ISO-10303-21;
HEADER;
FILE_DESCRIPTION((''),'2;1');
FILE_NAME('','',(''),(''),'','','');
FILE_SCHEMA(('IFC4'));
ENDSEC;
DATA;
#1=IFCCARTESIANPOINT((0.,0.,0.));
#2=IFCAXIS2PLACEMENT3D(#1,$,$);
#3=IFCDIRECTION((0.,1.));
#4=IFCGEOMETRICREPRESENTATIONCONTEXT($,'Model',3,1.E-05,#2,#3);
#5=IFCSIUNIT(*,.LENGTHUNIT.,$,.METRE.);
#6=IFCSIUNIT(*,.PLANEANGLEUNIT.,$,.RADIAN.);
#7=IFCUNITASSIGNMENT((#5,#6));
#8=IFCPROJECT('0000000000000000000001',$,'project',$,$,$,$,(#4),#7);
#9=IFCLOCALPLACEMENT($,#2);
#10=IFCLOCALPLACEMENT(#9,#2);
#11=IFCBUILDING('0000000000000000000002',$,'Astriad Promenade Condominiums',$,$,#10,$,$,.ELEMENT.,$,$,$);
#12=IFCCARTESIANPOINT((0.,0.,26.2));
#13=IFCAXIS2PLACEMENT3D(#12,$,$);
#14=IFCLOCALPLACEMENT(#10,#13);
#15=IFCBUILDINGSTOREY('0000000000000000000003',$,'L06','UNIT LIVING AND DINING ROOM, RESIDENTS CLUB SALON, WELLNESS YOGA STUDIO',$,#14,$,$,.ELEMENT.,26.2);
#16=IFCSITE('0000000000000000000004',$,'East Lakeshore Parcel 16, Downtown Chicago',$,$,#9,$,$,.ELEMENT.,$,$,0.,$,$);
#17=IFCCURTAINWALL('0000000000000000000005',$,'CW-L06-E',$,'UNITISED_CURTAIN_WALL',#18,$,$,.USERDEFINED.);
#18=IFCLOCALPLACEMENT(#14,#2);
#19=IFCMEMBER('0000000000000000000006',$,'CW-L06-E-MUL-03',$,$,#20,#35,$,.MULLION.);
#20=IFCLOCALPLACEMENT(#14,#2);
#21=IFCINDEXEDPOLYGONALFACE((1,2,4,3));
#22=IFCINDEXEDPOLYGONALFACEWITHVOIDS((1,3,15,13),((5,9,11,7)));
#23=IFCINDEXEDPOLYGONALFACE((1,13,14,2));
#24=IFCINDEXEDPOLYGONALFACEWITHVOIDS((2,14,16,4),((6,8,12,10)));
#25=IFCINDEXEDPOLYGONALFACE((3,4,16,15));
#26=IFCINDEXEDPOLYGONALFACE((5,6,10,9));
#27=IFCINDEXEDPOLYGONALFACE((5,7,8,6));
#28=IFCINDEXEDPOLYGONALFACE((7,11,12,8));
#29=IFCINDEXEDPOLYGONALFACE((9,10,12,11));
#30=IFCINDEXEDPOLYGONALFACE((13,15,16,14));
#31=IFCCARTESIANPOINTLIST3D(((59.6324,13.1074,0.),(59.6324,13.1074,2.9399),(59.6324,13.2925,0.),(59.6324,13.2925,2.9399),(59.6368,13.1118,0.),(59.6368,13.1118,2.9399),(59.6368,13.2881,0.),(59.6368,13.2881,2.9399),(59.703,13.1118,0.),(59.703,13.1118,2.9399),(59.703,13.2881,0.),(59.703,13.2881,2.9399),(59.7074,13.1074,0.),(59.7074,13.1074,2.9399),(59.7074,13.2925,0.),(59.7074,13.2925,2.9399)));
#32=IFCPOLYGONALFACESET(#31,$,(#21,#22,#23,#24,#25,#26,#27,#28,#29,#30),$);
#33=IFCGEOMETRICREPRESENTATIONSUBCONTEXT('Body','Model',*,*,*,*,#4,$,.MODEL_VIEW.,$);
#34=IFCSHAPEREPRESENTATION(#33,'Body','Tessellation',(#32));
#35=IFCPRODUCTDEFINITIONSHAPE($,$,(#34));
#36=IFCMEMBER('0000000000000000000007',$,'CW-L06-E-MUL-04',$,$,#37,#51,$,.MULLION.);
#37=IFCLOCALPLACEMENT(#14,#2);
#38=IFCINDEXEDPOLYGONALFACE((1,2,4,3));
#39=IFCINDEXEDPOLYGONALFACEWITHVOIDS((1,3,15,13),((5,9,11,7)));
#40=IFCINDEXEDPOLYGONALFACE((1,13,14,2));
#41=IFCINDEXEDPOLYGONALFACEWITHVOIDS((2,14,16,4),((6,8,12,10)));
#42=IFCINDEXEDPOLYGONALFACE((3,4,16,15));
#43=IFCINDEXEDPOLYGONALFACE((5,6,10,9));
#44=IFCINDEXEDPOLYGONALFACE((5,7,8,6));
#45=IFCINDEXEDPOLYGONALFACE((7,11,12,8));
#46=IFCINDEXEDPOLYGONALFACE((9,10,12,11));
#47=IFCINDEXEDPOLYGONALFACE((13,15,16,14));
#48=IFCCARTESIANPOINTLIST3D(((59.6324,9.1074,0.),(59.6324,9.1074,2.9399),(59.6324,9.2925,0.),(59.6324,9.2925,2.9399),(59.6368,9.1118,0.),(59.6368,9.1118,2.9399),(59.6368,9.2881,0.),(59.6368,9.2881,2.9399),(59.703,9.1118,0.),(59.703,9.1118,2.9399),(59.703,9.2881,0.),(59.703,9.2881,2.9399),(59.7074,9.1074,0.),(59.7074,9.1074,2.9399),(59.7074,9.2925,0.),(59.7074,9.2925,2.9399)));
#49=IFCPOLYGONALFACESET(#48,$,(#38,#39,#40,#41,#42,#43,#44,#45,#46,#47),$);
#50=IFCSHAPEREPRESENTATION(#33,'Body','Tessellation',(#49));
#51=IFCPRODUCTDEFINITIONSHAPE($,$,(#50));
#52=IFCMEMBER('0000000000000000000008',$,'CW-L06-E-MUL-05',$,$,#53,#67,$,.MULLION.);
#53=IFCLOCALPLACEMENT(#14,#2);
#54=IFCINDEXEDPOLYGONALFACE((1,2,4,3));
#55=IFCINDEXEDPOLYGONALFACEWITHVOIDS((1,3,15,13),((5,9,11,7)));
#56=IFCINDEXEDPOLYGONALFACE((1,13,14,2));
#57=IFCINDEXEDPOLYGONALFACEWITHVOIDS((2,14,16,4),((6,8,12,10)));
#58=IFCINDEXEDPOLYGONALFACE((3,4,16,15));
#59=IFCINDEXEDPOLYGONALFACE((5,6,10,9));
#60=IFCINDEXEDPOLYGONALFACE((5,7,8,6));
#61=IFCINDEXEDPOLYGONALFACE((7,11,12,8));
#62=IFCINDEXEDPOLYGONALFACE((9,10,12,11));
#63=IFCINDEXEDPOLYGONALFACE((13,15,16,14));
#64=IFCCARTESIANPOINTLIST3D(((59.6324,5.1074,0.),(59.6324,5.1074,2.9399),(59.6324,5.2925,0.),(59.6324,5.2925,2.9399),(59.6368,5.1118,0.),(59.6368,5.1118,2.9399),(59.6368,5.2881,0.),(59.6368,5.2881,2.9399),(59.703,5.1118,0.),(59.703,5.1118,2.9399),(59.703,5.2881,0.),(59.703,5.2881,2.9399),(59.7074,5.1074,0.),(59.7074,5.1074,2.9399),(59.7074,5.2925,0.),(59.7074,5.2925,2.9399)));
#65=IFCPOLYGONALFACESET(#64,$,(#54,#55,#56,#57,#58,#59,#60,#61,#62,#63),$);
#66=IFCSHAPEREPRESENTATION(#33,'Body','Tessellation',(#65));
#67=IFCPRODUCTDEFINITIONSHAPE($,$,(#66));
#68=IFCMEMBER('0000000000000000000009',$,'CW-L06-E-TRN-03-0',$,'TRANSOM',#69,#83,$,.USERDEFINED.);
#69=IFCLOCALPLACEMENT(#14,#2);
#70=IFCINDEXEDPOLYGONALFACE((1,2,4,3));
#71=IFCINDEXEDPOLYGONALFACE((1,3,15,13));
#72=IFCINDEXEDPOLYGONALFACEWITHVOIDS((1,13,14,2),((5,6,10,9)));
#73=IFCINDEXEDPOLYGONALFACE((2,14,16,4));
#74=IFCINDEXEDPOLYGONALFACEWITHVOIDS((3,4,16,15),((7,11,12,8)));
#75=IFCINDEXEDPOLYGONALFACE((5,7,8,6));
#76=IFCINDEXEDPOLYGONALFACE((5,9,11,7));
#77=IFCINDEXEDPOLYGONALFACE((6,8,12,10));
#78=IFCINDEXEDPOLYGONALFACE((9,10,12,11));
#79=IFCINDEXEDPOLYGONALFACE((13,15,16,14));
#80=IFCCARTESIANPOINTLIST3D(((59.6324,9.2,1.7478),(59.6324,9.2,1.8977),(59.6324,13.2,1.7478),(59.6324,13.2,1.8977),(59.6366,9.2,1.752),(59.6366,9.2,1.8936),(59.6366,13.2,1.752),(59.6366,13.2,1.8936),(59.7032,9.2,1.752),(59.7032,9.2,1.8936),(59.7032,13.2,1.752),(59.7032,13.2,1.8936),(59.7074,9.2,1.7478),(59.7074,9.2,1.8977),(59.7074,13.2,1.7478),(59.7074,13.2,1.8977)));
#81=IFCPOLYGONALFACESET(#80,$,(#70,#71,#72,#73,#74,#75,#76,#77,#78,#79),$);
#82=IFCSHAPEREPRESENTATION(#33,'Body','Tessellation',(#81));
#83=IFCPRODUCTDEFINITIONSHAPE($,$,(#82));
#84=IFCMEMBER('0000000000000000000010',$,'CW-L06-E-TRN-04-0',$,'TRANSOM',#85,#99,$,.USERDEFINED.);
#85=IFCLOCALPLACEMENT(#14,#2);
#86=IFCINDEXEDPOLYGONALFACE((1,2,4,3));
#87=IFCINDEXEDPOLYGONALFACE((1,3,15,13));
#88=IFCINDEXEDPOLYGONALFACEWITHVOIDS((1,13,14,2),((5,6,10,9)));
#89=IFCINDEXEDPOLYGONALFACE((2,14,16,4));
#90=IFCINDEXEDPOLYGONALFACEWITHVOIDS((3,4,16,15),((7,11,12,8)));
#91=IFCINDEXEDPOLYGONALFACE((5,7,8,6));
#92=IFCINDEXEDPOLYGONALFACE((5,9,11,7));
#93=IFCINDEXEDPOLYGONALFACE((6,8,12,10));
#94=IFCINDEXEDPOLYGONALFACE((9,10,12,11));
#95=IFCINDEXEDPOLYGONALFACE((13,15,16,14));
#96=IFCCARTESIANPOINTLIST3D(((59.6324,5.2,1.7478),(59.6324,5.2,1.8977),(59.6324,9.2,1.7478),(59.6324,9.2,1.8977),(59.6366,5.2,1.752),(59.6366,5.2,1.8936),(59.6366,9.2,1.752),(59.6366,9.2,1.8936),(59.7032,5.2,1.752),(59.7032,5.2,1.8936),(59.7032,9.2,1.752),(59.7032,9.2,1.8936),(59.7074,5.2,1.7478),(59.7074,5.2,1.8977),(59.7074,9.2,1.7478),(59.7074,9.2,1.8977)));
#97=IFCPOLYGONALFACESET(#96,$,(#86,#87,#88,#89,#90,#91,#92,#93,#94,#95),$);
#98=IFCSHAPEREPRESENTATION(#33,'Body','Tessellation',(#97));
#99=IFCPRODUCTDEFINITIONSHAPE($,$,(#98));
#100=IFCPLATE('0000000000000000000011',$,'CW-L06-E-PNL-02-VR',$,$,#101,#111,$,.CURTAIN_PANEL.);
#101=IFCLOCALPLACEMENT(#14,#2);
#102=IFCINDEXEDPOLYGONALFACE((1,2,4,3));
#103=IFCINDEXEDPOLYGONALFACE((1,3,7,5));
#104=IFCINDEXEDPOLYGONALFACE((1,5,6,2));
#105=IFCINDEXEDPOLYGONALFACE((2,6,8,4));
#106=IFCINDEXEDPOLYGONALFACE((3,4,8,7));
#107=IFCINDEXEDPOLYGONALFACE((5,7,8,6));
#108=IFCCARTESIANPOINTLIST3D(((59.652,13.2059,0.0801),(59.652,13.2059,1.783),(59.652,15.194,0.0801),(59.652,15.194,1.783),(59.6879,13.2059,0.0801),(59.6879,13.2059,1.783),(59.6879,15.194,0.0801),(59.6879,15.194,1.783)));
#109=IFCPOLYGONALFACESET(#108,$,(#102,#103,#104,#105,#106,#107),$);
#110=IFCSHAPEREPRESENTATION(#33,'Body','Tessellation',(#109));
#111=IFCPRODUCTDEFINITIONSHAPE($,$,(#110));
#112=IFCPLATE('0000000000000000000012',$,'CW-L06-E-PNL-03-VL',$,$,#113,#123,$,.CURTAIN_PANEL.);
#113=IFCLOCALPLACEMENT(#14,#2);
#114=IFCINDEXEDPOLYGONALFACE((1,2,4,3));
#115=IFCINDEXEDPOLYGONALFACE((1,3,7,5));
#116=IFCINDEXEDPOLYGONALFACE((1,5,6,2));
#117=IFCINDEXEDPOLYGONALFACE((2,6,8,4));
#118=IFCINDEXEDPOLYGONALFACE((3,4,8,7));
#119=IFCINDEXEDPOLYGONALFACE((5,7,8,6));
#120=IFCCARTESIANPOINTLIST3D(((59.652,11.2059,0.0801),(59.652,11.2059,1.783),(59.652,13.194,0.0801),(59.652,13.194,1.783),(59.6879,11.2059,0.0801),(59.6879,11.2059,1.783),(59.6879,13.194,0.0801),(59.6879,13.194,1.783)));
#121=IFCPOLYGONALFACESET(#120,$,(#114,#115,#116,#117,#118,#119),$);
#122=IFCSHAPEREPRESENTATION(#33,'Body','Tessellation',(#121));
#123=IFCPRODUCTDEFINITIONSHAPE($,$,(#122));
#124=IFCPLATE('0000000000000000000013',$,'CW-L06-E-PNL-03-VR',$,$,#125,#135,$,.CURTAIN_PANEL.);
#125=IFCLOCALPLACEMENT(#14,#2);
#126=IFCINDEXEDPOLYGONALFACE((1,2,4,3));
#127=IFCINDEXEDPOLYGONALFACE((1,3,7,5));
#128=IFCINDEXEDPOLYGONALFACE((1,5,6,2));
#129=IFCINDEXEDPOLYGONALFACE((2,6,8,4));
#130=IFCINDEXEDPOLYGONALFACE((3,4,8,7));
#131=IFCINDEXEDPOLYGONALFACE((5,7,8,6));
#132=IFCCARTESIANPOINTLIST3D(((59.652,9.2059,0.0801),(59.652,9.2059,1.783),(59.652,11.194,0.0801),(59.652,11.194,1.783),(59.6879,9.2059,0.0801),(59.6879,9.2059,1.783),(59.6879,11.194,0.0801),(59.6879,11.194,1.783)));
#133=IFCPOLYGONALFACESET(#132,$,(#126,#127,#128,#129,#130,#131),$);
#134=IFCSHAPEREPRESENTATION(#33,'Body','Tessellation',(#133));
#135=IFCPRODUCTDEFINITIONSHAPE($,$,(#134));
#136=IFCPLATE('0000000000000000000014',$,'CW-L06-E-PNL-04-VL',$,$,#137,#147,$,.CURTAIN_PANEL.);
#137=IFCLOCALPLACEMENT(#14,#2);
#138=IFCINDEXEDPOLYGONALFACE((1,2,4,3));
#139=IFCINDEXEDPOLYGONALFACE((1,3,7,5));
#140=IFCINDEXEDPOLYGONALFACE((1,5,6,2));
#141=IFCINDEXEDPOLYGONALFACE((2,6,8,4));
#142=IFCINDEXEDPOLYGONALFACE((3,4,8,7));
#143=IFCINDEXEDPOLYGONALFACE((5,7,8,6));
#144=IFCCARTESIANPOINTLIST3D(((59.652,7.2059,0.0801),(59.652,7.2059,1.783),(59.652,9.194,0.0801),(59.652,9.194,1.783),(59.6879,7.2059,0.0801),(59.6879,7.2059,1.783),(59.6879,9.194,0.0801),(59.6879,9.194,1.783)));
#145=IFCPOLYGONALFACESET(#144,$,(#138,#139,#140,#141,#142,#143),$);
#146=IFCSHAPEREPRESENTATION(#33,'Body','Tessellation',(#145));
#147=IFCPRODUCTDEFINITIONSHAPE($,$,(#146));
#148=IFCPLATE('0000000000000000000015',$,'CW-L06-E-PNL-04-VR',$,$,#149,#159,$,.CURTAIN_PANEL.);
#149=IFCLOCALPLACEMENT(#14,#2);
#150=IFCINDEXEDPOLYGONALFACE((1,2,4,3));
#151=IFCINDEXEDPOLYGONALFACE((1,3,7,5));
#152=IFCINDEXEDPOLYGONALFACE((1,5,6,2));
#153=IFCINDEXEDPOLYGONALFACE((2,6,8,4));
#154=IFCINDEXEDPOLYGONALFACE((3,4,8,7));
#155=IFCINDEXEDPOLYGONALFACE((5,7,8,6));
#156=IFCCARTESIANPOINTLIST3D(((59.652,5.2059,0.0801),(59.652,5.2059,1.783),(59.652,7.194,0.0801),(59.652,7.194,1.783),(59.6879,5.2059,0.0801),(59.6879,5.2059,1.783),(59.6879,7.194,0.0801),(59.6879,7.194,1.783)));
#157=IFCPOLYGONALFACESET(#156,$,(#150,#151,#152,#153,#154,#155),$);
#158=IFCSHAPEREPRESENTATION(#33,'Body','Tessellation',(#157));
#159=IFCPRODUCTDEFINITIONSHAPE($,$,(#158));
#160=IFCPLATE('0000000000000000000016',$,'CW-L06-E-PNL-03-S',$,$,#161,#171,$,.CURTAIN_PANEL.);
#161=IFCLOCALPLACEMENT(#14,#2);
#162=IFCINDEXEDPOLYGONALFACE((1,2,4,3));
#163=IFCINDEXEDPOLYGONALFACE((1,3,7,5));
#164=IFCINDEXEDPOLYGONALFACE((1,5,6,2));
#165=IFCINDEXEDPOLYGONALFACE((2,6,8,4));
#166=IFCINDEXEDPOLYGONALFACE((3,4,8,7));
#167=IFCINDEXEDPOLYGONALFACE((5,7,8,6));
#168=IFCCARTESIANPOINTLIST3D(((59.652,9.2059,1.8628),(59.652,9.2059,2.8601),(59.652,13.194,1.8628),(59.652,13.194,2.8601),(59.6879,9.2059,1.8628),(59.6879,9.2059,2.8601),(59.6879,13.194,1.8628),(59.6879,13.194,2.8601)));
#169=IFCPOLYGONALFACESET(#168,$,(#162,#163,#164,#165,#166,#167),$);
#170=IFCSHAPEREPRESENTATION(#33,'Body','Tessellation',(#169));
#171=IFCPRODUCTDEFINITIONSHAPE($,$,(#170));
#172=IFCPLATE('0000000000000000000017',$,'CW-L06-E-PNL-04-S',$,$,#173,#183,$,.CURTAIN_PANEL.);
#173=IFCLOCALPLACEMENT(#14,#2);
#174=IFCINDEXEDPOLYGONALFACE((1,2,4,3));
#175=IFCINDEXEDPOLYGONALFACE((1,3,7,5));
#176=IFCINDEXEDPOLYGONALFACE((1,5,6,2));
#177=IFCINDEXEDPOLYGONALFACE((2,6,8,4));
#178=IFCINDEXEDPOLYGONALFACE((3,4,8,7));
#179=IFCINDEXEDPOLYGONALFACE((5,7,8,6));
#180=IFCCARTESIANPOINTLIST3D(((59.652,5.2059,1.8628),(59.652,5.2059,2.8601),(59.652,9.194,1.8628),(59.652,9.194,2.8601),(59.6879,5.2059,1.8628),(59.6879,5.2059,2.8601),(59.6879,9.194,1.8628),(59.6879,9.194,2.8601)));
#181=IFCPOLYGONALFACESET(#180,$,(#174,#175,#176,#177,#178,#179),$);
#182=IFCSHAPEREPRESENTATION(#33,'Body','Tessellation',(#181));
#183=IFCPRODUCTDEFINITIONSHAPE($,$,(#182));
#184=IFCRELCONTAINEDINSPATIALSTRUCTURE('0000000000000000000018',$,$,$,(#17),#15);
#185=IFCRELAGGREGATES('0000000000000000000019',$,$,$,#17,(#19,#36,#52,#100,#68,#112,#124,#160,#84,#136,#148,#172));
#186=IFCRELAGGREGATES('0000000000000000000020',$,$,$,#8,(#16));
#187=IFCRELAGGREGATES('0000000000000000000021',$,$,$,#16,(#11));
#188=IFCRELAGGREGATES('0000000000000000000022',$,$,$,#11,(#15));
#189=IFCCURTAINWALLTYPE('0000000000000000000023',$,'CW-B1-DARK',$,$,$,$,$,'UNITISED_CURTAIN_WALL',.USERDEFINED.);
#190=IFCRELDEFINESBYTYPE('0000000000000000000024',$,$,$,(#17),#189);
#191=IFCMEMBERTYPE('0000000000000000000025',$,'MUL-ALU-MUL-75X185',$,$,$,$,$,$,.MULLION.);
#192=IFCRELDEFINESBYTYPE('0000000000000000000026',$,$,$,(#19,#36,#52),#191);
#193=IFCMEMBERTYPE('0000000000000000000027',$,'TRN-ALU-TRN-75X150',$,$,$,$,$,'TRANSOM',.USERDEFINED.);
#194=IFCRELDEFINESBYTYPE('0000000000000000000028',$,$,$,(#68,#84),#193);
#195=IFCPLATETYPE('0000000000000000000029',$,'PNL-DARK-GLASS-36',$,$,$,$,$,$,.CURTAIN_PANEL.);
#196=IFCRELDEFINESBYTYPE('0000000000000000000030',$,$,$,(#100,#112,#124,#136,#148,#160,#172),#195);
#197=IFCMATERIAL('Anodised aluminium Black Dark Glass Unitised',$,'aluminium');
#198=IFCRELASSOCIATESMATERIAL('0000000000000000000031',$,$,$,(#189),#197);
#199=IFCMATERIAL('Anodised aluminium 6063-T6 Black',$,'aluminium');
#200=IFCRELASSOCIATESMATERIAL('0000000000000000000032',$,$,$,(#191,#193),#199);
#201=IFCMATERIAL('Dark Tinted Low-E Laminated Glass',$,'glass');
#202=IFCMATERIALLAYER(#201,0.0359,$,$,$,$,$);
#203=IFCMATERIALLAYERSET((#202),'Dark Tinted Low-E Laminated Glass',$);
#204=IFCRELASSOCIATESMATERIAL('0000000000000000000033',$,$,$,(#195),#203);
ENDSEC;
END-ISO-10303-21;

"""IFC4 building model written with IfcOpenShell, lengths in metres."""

from ifc_helpers import new_model, si_unit, direction, frame, origin, origin_2d, place, context, subcontext, project, spatial, rectangle, hollow_rectangle, extrude, source, transform, mapped, material, layer, layer_set, material_profile, profile_set, type_object, type_shapes, element, aggregate, save


model = new_model("IFC4")

# Units and contexts
model_context = context("Model", 3, precision=1e-05, world=origin(), true_north=direction((0.0, 1.0)))
body_context = subcontext(model_context, "Body", "Model", "MODEL_VIEW")
ifc_project = project(units=[si_unit("LENGTHUNIT", "METRE"), si_unit("PLANEANGLEUNIT", "RADIAN")], contexts=[model_context])

# Site, building, storey
site_placement = place(None, origin())
site = spatial("IfcSite", under=ifc_project, at=site_placement, Name="East Lakeshore Parcel 16, Downtown Chicago", CompositionType="ELEMENT", RefElevation=0.0)
building_placement = place(site_placement, origin())
building = spatial("IfcBuilding", under=site, at=building_placement, Name="Astriad Promenade Condominiums", CompositionType="ELEMENT")
storey_placement = place(building_placement, frame((0.0, 0.0, 26.2)))
storey = spatial("IfcBuildingStorey", under=building, at=storey_placement, Name="L06", Description="UNIT LIVING AND DINING ROOM, RESIDENTS CLUB SALON, WELLNESS YOGA STUDIO", CompositionType="ELEMENT", Elevation=26.2)

# Curtain wall, members, plates
ifc_material_1 = material(Name="Anodised aluminium Black Dark Glass Unitised", Category="aluminium")
curtain_wall_type = type_object("IfcCurtainWallType", Name="CW-B1-DARK", ElementType="UNITISED_CURTAIN_WALL", PredefinedType="USERDEFINED", material=ifc_material_1)
curtain_wall_placement = place(storey_placement, origin())
curtain_wall = element("IfcCurtainWall", 1, at=curtain_wall_placement, inside=storey, type_object=curtain_wall_type, Name="CW-L06-E", ObjectType="UNITISED_CURTAIN_WALL", PredefinedType="USERDEFINED")
ifc_material_2 = material(Name="Anodised aluminium 6063-T6 Black", Category="aluminium")
ifc_material_profile_1 = material_profile(ifc_material_2, hollow_rectangle(XDim=0.075, YDim=0.1851, WallThickness=0.0044, at=origin_2d()), Name="ALU-MUL-75X185")
ifc_profile_set_1 = profile_set([ifc_material_profile_1], Name="Anodised aluminium 6063-T6 Black")
member_type_1 = type_object("IfcMemberType", Name="MUL-ALU-MUL-75X185", PredefinedType="MULLION", material=ifc_profile_set_1)
shared_shape_1 = source(origin(), body_context, "Body", "SweptSolid", [
    extrude(hollow_rectangle(XDim=0.075, YDim=0.1851, WallThickness=0.0044, at=origin_2d()), origin(), (0.0, 0.0, 1.0), 2.9399),
])
type_shapes(member_type_1, [shared_shape_1])
member_1_placement = place(storey_placement, frame((59.6699, 13.2, 0.0), z_axis=(0.0, 0.0, 1.0), x_axis=(1.0, 0.0, 0.0)))
member_1 = element("IfcMember", 2, at=member_1_placement, type_object=member_type_1, Name="CW-L06-E-MUL-03", PredefinedType="MULLION", context=body_context, shape_type="MappedRepresentation", body=[
    mapped(shared_shape_1, transform((0.0, 0.0, 0.0), scale=1.0)),
])
member_2_placement = place(storey_placement, frame((59.6699, 9.2, 0.0), z_axis=(0.0, 0.0, 1.0), x_axis=(1.0, 0.0, 0.0)))
member_2 = element("IfcMember", 3, at=member_2_placement, type_object=member_type_1, Name="CW-L06-E-MUL-04", PredefinedType="MULLION", context=body_context, shape_type="MappedRepresentation", body=[
    mapped(shared_shape_1, transform((0.0, 0.0, 0.0), scale=1.0)),
])
member_3_placement = place(storey_placement, frame((59.6699, 5.2, 0.0), z_axis=(0.0, 0.0, 1.0), x_axis=(1.0, 0.0, 0.0)))
member_3 = element("IfcMember", 4, at=member_3_placement, type_object=member_type_1, Name="CW-L06-E-MUL-05", PredefinedType="MULLION", context=body_context, shape_type="MappedRepresentation", body=[
    mapped(shared_shape_1, transform((0.0, 0.0, 0.0), scale=1.0)),
])
ifc_material_profile_2 = material_profile(ifc_material_2, hollow_rectangle(XDim=0.075, YDim=0.1499, WallThickness=0.0042, at=origin_2d()), Name="ALU-TRN-75X150")
ifc_profile_set_2 = profile_set([ifc_material_profile_2], Name="Anodised aluminium 6063-T6 Black")
member_type_2 = type_object("IfcMemberType", Name="TRN-ALU-TRN-75X150", ElementType="TRANSOM", PredefinedType="USERDEFINED", material=ifc_profile_set_2)
shared_shape_2 = source(origin(), body_context, "Body", "SweptSolid", [
    extrude(hollow_rectangle(XDim=0.075, YDim=0.1499, WallThickness=0.0042, at=origin_2d()), origin(), (0.0, 0.0, 1.0), 4.0),
])
type_shapes(member_type_2, [shared_shape_2])
member_4_placement = place(storey_placement, frame((59.6699, 13.2, 1.8228), z_axis=(0.0, -1.0, 0.0), x_axis=(1.0, 0.0, 0.0)))
member_4 = element("IfcMember", 5, at=member_4_placement, type_object=member_type_2, Name="CW-L06-E-TRN-03-0", ObjectType="TRANSOM", PredefinedType="USERDEFINED", context=body_context, shape_type="MappedRepresentation", body=[
    mapped(shared_shape_2, transform((0.0, 0.0, 0.0), scale=1.0)),
])
member_5_placement = place(storey_placement, frame((59.6699, 9.2, 1.8228), z_axis=(0.0, -1.0, 0.0), x_axis=(1.0, 0.0, 0.0)))
member_5 = element("IfcMember", 6, at=member_5_placement, type_object=member_type_2, Name="CW-L06-E-TRN-04-0", ObjectType="TRANSOM", PredefinedType="USERDEFINED", context=body_context, shape_type="MappedRepresentation", body=[
    mapped(shared_shape_2, transform((0.0, 0.0, 0.0), scale=1.0)),
])
ifc_material_3 = material(Name="Dark Tinted Low-E Laminated Glass", Category="glass")
ifc_layer_1 = layer(ifc_material_3, 0.0359)
ifc_layer_set_1 = layer_set([ifc_layer_1], Name="Dark Tinted Low-E Laminated Glass")
plate_type = type_object("IfcPlateType", Name="PNL-DARK-GLASS-36", PredefinedType="CURTAIN_PANEL", material=ifc_layer_set_1)
shared_shape_3 = source(origin(), body_context, "Body", "SweptSolid", [
    extrude(rectangle(XDim=1.988, YDim=0.0359, at=origin_2d()), origin(), (0.0, 0.0, 1.0), 1.7029),
])
plate_1_placement = place(storey_placement, frame((59.6699, 14.2, 0.0801), z_axis=(0.0, 0.0, 1.0), x_axis=(0.0, -1.0, 0.0)))
plate_1 = element("IfcPlate", 7, at=plate_1_placement, type_object=plate_type, Name="CW-L06-E-PNL-02-VR", PredefinedType="CURTAIN_PANEL", context=body_context, shape_type="MappedRepresentation", body=[
    mapped(shared_shape_3, transform((0.0, 0.0, 0.0), scale=1.0)),
])
plate_2_placement = place(storey_placement, frame((59.6699, 12.2, 0.0801), z_axis=(0.0, 0.0, 1.0), x_axis=(0.0, -1.0, 0.0)))
plate_2 = element("IfcPlate", 8, at=plate_2_placement, type_object=plate_type, Name="CW-L06-E-PNL-03-VL", PredefinedType="CURTAIN_PANEL", context=body_context, shape_type="MappedRepresentation", body=[
    mapped(shared_shape_3, transform((0.0, 0.0, 0.0), scale=1.0)),
])
plate_3_placement = place(storey_placement, frame((59.6699, 10.2, 0.0801), z_axis=(0.0, 0.0, 1.0), x_axis=(0.0, -1.0, 0.0)))
plate_3 = element("IfcPlate", 9, at=plate_3_placement, type_object=plate_type, Name="CW-L06-E-PNL-03-VR", PredefinedType="CURTAIN_PANEL", context=body_context, shape_type="MappedRepresentation", body=[
    mapped(shared_shape_3, transform((0.0, 0.0, 0.0), scale=1.0)),
])
plate_4_placement = place(storey_placement, frame((59.6699, 8.2, 0.0801), z_axis=(0.0, 0.0, 1.0), x_axis=(0.0, -1.0, 0.0)))
plate_4 = element("IfcPlate", 10, at=plate_4_placement, type_object=plate_type, Name="CW-L06-E-PNL-04-VL", PredefinedType="CURTAIN_PANEL", context=body_context, shape_type="MappedRepresentation", body=[
    mapped(shared_shape_3, transform((0.0, 0.0, 0.0), scale=1.0)),
])
plate_5_placement = place(storey_placement, frame((59.6699, 6.2, 0.0801), z_axis=(0.0, 0.0, 1.0), x_axis=(0.0, -1.0, 0.0)))
plate_5 = element("IfcPlate", 11, at=plate_5_placement, type_object=plate_type, Name="CW-L06-E-PNL-04-VR", PredefinedType="CURTAIN_PANEL", context=body_context, shape_type="MappedRepresentation", body=[
    mapped(shared_shape_3, transform((0.0, 0.0, 0.0), scale=1.0)),
])
shared_shape_4 = source(origin(), body_context, "Body", "SweptSolid", [
    extrude(rectangle(XDim=3.988, YDim=0.0359, at=origin_2d()), origin(), (0.0, 0.0, 1.0), 0.9973),
])
type_shapes(plate_type, [shared_shape_3, shared_shape_4])
plate_6_placement = place(storey_placement, frame((59.6699, 11.2, 1.8628), z_axis=(0.0, 0.0, 1.0), x_axis=(0.0, -1.0, 0.0)))
plate_6 = element("IfcPlate", 12, at=plate_6_placement, type_object=plate_type, Name="CW-L06-E-PNL-03-S", PredefinedType="CURTAIN_PANEL", context=body_context, shape_type="MappedRepresentation", body=[
    mapped(shared_shape_4, transform((0.0, 0.0, 0.0), scale=1.0)),
])
plate_7_placement = place(storey_placement, frame((59.6699, 7.2, 1.8628), z_axis=(0.0, 0.0, 1.0), x_axis=(0.0, -1.0, 0.0)))
plate_7 = element("IfcPlate", 13, at=plate_7_placement, type_object=plate_type, Name="CW-L06-E-PNL-04-S", PredefinedType="CURTAIN_PANEL", context=body_context, shape_type="MappedRepresentation", body=[
    mapped(shared_shape_4, transform((0.0, 0.0, 0.0), scale=1.0)),
])
aggregate(curtain_wall, [member_1, member_2, member_3, plate_1, member_4, plate_2, plate_3, plate_6, member_5, plate_4, plate_5, plate_7])

save(model, "model.ifc")
